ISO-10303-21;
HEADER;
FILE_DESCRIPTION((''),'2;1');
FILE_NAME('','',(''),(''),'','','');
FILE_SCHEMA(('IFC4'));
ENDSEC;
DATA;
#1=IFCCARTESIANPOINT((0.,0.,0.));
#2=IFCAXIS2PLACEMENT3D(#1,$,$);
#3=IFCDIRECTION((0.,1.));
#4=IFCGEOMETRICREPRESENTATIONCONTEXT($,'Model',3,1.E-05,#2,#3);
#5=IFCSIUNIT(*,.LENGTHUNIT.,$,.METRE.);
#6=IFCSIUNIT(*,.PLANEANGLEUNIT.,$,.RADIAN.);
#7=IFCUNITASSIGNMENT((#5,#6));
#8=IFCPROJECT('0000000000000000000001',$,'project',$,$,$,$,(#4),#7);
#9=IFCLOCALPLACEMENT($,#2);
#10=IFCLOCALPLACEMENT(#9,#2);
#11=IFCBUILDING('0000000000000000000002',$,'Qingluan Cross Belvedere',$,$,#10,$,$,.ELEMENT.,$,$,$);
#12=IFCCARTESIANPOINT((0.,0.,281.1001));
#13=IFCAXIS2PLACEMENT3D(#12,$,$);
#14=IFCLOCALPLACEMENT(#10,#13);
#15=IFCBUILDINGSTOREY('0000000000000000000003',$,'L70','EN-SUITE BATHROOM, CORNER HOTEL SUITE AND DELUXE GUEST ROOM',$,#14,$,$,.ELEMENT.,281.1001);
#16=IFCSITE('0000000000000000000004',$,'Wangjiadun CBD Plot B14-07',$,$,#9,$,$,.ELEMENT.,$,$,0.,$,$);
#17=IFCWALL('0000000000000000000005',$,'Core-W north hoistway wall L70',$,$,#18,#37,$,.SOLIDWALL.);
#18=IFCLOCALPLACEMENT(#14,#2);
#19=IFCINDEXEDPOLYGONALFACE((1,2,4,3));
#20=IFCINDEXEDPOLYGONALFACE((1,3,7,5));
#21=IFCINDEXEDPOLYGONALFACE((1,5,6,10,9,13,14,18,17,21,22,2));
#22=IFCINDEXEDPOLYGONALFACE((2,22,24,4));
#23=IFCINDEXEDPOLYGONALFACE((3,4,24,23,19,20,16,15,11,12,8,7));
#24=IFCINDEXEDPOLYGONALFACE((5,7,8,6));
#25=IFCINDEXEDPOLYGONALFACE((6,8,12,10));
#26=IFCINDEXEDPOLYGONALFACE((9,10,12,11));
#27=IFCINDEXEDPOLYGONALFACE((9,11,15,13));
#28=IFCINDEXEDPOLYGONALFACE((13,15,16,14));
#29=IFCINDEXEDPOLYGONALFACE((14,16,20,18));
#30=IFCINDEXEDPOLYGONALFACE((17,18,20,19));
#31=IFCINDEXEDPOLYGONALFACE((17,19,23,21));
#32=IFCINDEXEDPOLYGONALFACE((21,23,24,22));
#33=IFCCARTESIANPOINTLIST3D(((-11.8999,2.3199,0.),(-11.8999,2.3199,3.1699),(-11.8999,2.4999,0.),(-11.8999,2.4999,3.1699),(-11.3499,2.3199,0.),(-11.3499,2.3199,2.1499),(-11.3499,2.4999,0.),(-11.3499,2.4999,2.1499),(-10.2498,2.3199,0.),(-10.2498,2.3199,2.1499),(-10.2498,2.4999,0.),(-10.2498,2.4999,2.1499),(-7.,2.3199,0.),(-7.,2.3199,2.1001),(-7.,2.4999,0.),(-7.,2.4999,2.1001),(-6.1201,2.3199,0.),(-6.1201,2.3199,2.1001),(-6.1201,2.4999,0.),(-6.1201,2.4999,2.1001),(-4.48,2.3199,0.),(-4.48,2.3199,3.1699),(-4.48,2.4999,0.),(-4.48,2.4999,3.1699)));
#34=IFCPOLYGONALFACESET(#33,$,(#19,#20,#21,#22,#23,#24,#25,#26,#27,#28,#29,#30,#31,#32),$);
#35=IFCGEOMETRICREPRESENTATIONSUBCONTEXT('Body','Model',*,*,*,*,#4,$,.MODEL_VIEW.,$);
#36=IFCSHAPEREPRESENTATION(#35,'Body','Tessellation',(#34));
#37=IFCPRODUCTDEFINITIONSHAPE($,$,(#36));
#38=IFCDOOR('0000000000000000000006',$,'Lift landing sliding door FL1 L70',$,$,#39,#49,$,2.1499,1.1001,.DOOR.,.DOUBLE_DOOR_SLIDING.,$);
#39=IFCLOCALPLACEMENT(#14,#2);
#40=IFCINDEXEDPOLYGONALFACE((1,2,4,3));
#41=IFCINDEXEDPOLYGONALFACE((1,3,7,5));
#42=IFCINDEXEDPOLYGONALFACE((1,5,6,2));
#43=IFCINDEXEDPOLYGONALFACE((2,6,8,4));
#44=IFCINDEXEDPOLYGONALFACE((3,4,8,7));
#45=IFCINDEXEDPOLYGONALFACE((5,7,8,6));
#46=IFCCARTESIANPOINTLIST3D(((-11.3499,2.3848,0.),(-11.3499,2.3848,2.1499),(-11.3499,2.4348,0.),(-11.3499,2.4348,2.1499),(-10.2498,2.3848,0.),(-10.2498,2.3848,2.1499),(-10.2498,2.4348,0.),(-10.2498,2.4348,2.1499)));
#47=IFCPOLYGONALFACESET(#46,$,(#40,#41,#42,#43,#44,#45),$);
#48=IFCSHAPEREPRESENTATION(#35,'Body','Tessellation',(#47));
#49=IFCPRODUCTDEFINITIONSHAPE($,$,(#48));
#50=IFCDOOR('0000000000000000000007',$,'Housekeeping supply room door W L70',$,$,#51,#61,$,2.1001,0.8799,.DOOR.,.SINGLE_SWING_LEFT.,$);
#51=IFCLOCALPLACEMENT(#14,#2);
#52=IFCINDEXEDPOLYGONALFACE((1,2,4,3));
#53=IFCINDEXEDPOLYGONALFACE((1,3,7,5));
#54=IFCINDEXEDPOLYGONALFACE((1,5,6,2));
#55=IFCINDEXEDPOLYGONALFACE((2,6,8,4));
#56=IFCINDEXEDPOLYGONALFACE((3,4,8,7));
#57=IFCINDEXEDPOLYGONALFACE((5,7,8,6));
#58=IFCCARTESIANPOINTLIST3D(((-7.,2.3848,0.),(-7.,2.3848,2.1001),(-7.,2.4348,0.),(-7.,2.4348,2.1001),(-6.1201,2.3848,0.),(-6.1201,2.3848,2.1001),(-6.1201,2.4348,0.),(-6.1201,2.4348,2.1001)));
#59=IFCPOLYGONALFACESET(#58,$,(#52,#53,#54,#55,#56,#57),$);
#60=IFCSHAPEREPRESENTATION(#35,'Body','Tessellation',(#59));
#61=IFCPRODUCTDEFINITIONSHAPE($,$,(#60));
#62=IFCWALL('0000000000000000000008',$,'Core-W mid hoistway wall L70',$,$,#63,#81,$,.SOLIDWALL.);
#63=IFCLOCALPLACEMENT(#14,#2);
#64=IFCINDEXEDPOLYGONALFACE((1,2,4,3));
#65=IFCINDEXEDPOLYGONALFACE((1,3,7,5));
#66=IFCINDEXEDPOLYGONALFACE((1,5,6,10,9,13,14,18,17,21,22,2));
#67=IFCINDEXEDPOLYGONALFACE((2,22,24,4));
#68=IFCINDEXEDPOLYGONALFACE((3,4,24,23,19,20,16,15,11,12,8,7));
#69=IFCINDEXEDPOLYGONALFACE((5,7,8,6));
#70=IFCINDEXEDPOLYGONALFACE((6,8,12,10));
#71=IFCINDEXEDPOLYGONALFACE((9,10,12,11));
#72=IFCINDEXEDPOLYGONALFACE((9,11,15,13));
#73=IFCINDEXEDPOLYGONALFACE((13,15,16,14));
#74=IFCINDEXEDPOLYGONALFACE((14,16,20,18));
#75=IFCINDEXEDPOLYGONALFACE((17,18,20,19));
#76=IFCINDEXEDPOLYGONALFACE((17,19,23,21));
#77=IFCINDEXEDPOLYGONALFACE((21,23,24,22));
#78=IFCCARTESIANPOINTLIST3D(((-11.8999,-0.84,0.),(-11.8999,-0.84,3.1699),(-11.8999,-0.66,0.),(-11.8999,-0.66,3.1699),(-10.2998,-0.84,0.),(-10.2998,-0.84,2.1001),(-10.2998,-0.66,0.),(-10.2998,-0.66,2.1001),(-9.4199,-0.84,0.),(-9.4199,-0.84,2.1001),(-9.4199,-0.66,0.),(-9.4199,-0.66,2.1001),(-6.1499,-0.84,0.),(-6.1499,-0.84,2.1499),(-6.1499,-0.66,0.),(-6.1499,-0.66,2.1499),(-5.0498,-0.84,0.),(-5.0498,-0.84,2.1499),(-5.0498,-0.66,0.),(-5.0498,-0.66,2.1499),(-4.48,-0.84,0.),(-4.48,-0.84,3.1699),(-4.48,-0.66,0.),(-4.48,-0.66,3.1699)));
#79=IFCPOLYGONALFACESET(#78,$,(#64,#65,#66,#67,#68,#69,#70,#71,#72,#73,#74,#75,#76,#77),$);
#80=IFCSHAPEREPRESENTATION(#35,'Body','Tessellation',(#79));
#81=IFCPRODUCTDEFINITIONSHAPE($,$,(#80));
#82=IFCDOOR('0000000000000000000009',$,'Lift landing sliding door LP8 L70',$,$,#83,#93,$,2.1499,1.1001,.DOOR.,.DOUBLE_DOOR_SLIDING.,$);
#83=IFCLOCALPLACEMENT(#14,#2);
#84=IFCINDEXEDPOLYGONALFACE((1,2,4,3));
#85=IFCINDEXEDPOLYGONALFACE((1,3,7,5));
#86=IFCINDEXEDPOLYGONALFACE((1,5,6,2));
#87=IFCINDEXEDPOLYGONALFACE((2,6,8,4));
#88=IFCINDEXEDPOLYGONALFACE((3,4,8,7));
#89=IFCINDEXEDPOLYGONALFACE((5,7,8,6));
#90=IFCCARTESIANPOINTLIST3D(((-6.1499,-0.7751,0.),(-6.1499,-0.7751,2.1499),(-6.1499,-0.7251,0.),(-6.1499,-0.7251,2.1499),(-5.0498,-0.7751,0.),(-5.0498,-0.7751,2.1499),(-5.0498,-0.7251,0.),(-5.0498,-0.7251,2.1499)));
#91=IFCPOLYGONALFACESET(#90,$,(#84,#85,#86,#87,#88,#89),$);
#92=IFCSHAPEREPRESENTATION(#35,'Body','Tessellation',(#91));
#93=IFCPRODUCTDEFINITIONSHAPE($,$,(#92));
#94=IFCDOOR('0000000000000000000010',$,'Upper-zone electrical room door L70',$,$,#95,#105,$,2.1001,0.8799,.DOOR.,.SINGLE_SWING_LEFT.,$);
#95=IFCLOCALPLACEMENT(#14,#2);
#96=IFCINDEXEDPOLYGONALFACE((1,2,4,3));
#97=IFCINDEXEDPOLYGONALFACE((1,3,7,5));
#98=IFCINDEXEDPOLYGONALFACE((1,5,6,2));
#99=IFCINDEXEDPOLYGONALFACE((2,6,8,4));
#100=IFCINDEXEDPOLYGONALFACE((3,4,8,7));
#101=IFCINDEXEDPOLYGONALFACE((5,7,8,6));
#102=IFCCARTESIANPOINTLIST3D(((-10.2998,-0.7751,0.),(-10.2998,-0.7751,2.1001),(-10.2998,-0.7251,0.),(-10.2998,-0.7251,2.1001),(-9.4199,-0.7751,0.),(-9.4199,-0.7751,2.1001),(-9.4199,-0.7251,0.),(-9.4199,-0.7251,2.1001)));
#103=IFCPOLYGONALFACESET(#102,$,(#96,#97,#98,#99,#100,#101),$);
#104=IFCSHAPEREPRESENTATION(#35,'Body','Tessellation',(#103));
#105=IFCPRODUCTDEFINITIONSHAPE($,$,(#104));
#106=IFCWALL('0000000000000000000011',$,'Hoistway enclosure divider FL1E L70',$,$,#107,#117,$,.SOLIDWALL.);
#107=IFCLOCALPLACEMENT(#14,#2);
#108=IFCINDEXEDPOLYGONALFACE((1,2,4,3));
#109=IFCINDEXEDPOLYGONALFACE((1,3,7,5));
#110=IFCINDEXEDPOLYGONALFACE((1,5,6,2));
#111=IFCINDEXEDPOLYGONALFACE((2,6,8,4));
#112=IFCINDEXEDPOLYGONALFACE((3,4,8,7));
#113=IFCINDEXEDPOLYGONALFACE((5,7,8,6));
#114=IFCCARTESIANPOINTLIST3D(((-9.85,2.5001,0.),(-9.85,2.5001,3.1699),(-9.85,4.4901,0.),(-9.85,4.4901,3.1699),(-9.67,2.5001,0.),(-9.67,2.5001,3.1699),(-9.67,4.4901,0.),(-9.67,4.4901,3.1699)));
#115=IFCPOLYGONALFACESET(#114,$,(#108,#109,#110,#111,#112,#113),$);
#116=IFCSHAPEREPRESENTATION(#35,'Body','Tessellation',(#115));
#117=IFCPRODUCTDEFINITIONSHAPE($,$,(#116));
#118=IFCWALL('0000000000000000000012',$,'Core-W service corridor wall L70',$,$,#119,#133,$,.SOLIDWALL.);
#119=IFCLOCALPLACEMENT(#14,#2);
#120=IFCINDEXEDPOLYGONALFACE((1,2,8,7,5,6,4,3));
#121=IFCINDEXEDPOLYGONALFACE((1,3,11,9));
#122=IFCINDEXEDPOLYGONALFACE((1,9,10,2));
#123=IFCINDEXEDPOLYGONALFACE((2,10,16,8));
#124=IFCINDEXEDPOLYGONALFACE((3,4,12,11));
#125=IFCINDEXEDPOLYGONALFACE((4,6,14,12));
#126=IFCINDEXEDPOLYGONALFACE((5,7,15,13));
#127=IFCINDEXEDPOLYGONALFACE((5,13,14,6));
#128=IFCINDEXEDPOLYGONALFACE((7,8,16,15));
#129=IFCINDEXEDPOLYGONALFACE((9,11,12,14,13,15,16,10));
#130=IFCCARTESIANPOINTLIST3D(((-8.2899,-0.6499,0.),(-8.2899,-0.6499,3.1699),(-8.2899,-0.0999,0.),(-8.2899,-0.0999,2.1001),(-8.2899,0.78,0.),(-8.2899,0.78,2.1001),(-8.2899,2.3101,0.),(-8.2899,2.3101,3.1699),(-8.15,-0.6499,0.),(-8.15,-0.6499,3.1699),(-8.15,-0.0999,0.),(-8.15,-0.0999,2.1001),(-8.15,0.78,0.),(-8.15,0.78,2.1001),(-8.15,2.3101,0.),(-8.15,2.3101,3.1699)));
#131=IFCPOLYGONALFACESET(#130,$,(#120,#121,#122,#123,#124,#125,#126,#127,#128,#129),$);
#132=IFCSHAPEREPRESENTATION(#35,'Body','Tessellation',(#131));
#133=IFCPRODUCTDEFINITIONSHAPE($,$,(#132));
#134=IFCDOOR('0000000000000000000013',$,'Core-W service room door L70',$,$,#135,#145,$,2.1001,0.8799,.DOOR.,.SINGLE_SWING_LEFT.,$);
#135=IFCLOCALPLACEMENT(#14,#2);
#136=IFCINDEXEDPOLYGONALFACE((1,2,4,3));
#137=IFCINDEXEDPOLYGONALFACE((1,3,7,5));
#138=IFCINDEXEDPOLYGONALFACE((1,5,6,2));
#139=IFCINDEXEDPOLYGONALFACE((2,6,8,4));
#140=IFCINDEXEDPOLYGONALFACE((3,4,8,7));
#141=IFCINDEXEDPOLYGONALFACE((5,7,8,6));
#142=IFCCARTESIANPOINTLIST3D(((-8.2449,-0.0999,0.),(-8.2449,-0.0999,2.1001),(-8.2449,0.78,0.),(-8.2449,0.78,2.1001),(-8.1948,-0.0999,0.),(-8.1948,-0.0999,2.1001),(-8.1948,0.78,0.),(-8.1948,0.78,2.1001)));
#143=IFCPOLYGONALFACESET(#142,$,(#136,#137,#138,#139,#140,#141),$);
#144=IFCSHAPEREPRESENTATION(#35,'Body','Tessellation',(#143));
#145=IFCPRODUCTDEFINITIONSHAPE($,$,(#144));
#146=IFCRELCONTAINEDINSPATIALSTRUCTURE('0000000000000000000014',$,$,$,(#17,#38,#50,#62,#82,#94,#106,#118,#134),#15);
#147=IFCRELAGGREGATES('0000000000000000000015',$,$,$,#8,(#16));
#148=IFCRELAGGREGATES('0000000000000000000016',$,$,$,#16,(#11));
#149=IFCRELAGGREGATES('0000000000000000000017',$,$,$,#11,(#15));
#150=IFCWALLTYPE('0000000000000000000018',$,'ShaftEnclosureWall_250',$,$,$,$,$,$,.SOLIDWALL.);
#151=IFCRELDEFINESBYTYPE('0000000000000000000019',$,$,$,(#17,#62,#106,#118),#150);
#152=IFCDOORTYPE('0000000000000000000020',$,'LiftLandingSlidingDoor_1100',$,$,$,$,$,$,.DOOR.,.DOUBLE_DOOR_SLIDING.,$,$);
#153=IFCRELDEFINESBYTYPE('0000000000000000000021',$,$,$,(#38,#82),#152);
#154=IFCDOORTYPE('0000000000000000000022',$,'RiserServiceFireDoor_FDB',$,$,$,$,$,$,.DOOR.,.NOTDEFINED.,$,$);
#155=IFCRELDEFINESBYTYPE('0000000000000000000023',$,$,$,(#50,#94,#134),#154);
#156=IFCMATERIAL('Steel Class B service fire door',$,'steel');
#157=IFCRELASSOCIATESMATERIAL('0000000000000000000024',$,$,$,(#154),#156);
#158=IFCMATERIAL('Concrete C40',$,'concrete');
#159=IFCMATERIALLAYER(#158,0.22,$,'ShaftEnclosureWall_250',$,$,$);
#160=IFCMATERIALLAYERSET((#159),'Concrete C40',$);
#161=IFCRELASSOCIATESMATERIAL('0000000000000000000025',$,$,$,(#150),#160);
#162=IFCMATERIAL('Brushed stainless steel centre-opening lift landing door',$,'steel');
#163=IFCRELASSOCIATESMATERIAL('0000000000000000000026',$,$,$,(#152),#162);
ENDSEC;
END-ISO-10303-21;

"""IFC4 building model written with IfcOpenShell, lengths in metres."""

from ifc_helpers import new_model, si_unit, direction, frame, frame_2d, origin, place, context, subcontext, project, spatial, rectangle, extrude, material, layer, layer_set, type_object, element, fill, save


model = new_model("IFC4")

# Units and contexts
model_context = context("Model", 3, precision=1e-05, world=origin(), true_north=direction((0.0, 1.0)))
body_context = subcontext(model_context, "Body", "Model", "MODEL_VIEW")
ifc_project = project(units=[si_unit("LENGTHUNIT", "METRE"), si_unit("PLANEANGLEUNIT", "RADIAN")], contexts=[model_context])

# Site, building, storey
site_placement = place(None, origin())
site = spatial("IfcSite", under=ifc_project, at=site_placement, Name="Wangjiadun CBD Plot B14-07", CompositionType="ELEMENT", RefElevation=0.0)
building_placement = place(site_placement, origin())
building = spatial("IfcBuilding", under=site, at=building_placement, Name="Qingluan Cross Belvedere", CompositionType="ELEMENT")
storey_placement = place(building_placement, frame((0.0, 0.0, 281.1001)))
storey = spatial("IfcBuildingStorey", under=building, at=storey_placement, Name="L70", Description="EN-SUITE BATHROOM, CORNER HOTEL SUITE AND DELUXE GUEST ROOM", CompositionType="ELEMENT", Elevation=281.1001)

# Shared definitions
ifc_material_1 = material(Name="Steel Class B service fire door", Category="steel")
door_type_1 = type_object("IfcDoorType", Name="RiserServiceFireDoor_FDB", OperationType="NOTDEFINED", PredefinedType="DOOR", material=ifc_material_1)

# Walls, openings, doors
ifc_material_2 = material(Name="Concrete C40", Category="concrete")
ifc_layer_1 = layer(ifc_material_2, 0.22, Name="ShaftEnclosureWall_250")
ifc_layer_set_1 = layer_set([ifc_layer_1], Name="Concrete C40")
wall_type_1 = type_object("IfcWallType", Name="ShaftEnclosureWall_250", PredefinedType="SOLIDWALL", material=ifc_layer_set_1)
wall_1_placement = place(storey_placement, frame((-11.8999, 2.4099, 0.0), z_axis=(0.0, 0.0, 1.0), x_axis=(1.0, 0.0, 0.0)))
wall_1 = element("IfcWall", 1, at=wall_1_placement, inside=storey, type_object=wall_type_1, Name="Core-W north hoistway wall L70", PredefinedType="SOLIDWALL", context=body_context, shape_type="SweptSolid", body=[
    extrude(rectangle(XDim=7.4199, YDim=0.1799, at=frame_2d((3.71, 0.0))), origin(), (0.0, 0.0, 1.0), 3.1699),
])
opening_1_placement = place(wall_1_placement, frame((0.55, 0.0, 0.0)))
opening_1 = element("IfcOpeningElement", 2, at=opening_1_placement, cuts=wall_1, PredefinedType="OPENING", context=body_context, shape_type="SweptSolid", body=[
    extrude(rectangle(XDim=1.1001, YDim=2.1499, at=frame_2d((0.55, 1.075))), frame((0.0, 0.0999, 0.0), z_axis=(0.0, -1.0, 0.0), x_axis=(1.0, 0.0, 0.0)), (0.0, 0.0, 1.0), 0.2),
])
opening_2_placement = place(wall_1_placement, frame((4.8999, 0.0, 0.0)))
opening_2 = element("IfcOpeningElement", 3, at=opening_2_placement, cuts=wall_1, PredefinedType="OPENING", context=body_context, shape_type="SweptSolid", body=[
    extrude(rectangle(XDim=0.8799, YDim=2.1001, at=frame_2d((0.4399, 1.05))), frame((0.0, 0.0999, 0.0), z_axis=(0.0, -1.0, 0.0), x_axis=(1.0, 0.0, 0.0)), (0.0, 0.0, 1.0), 0.2),
])
ifc_material_3 = material(Name="Brushed stainless steel centre-opening lift landing door", Category="steel")
door_type_2 = type_object("IfcDoorType", Name="LiftLandingSlidingDoor_1100", OperationType="DOUBLE_DOOR_SLIDING", PredefinedType="DOOR", material=ifc_material_3)
door_1_placement = place(opening_1_placement, origin())
door_1 = element("IfcDoor", 4, at=door_1_placement, inside=storey, type_object=door_type_2, Name="Lift landing sliding door FL1 L70", OperationType="DOUBLE_DOOR_SLIDING", OverallHeight=2.1499, OverallWidth=1.1001, PredefinedType="DOOR", context=body_context, shape_type="SweptSolid", body=[
    extrude(rectangle(XDim=1.1001, YDim=2.1499, at=frame_2d((0.55, 1.075))), frame((0.0, 0.0249, 0.0), z_axis=(0.0, -1.0, 0.0), x_axis=(1.0, 0.0, 0.0)), (0.0, 0.0, 1.0), 0.05),
])
fill(opening_1, door_1)
door_2_placement = place(opening_2_placement, origin())
door_2 = element("IfcDoor", 5, at=door_2_placement, inside=storey, type_object=door_type_1, Name="Housekeeping supply room door W L70", OperationType="SINGLE_SWING_LEFT", OverallHeight=2.1001, OverallWidth=0.8799, PredefinedType="DOOR", context=body_context, shape_type="SweptSolid", body=[
    extrude(rectangle(XDim=0.8799, YDim=2.1001, at=frame_2d((0.4399, 1.05))), frame((0.0, 0.0249, 0.0), z_axis=(0.0, -1.0, 0.0), x_axis=(1.0, 0.0, 0.0)), (0.0, 0.0, 1.0), 0.05),
])
fill(opening_2, door_2)
wall_2_placement = place(storey_placement, frame((-11.8999, -0.75, 0.0), z_axis=(0.0, 0.0, 1.0), x_axis=(1.0, 0.0, 0.0)))
wall_2 = element("IfcWall", 6, at=wall_2_placement, inside=storey, type_object=wall_type_1, Name="Core-W mid hoistway wall L70", PredefinedType="SOLIDWALL", context=body_context, shape_type="SweptSolid", body=[
    extrude(rectangle(XDim=7.4199, YDim=0.1799, at=frame_2d((3.71, 0.0))), origin(), (0.0, 0.0, 1.0), 3.1699),
])
opening_3_placement = place(wall_2_placement, frame((5.75, 0.0, 0.0)))
opening_3 = element("IfcOpeningElement", 7, at=opening_3_placement, cuts=wall_2, PredefinedType="OPENING", context=body_context, shape_type="SweptSolid", body=[
    extrude(rectangle(XDim=1.1001, YDim=2.1499, at=frame_2d((0.55, 1.075))), frame((0.0, 0.0999, 0.0), z_axis=(0.0, -1.0, 0.0), x_axis=(1.0, 0.0, 0.0)), (0.0, 0.0, 1.0), 0.2),
])
opening_4_placement = place(wall_2_placement, frame((1.6001, 0.0, 0.0)))
opening_4 = element("IfcOpeningElement", 8, at=opening_4_placement, cuts=wall_2, PredefinedType="OPENING", context=body_context, shape_type="SweptSolid", body=[
    extrude(rectangle(XDim=0.8799, YDim=2.1001, at=frame_2d((0.4399, 1.05))), frame((0.0, 0.0999, 0.0), z_axis=(0.0, -1.0, 0.0), x_axis=(1.0, 0.0, 0.0)), (0.0, 0.0, 1.0), 0.2),
])
door_3_placement = place(opening_3_placement, origin())
door_3 = element("IfcDoor", 9, at=door_3_placement, inside=storey, type_object=door_type_2, Name="Lift landing sliding door LP8 L70", OperationType="DOUBLE_DOOR_SLIDING", OverallHeight=2.1499, OverallWidth=1.1001, PredefinedType="DOOR", context=body_context, shape_type="SweptSolid", body=[
    extrude(rectangle(XDim=1.1001, YDim=2.1499, at=frame_2d((0.55, 1.075))), frame((0.0, 0.0249, 0.0), z_axis=(0.0, -1.0, 0.0), x_axis=(1.0, 0.0, 0.0)), (0.0, 0.0, 1.0), 0.05),
])
fill(opening_3, door_3)
door_4_placement = place(opening_4_placement, origin())
door_4 = element("IfcDoor", 10, at=door_4_placement, inside=storey, type_object=door_type_1, Name="Upper-zone electrical room door L70", OperationType="SINGLE_SWING_LEFT", OverallHeight=2.1001, OverallWidth=0.8799, PredefinedType="DOOR", context=body_context, shape_type="SweptSolid", body=[
    extrude(rectangle(XDim=0.8799, YDim=2.1001, at=frame_2d((0.4399, 1.05))), frame((0.0, 0.0249, 0.0), z_axis=(0.0, -1.0, 0.0), x_axis=(1.0, 0.0, 0.0)), (0.0, 0.0, 1.0), 0.05),
])
fill(opening_4, door_4)

# Wall
wall_3_placement = place(storey_placement, frame((-9.76, 2.5, 0.0), z_axis=(0.0, 0.0, 1.0), x_axis=(0.0, 1.0, 0.0)))
element("IfcWall", 11, at=wall_3_placement, inside=storey, type_object=wall_type_1, Name="Hoistway enclosure divider FL1E L70", PredefinedType="SOLIDWALL", context=body_context, shape_type="SweptSolid", body=[
    extrude(rectangle(XDim=1.99, YDim=0.1799, at=frame_2d((0.9951, 0.0))), origin(), (0.0, 0.0, 1.0), 3.1699),
])

# Wall, opening, door
wall_4_placement = place(storey_placement, frame((-8.22, -0.6499, 0.0), z_axis=(0.0, 0.0, 1.0), x_axis=(0.0, 1.0, 0.0)))
wall_4 = element("IfcWall", 12, at=wall_4_placement, inside=storey, type_object=wall_type_1, Name="Core-W service corridor wall L70", PredefinedType="SOLIDWALL", context=body_context, shape_type="SweptSolid", body=[
    extrude(rectangle(XDim=2.96, YDim=0.1399, at=frame_2d((1.48, 0.0))), origin(), (0.0, 0.0, 1.0), 3.1699),
])
opening_5_placement = place(wall_4_placement, frame((0.55, 0.0, 0.0)))
opening_5 = element("IfcOpeningElement", 13, at=opening_5_placement, cuts=wall_4, PredefinedType="OPENING", context=body_context, shape_type="SweptSolid", body=[
    extrude(rectangle(XDim=0.8799, YDim=2.1001, at=frame_2d((0.4399, 1.05))), frame((0.0, 0.0798, 0.0), z_axis=(0.0, -1.0, 0.0), x_axis=(1.0, 0.0, 0.0)), (0.0, 0.0, 1.0), 0.1599),
])
door_5_placement = place(opening_5_placement, origin())
door_5 = element("IfcDoor", 14, at=door_5_placement, inside=storey, type_object=door_type_1, Name="Core-W service room door L70", OperationType="SINGLE_SWING_LEFT", OverallHeight=2.1001, OverallWidth=0.8799, PredefinedType="DOOR", context=body_context, shape_type="SweptSolid", body=[
    extrude(rectangle(XDim=0.8799, YDim=2.1001, at=frame_2d((0.4399, 1.05))), frame((0.0, 0.0249, 0.0), z_axis=(0.0, -1.0, 0.0), x_axis=(1.0, 0.0, 0.0)), (0.0, 0.0, 1.0), 0.05),
])
fill(opening_5, door_5)

save(model, "model.ifc")
